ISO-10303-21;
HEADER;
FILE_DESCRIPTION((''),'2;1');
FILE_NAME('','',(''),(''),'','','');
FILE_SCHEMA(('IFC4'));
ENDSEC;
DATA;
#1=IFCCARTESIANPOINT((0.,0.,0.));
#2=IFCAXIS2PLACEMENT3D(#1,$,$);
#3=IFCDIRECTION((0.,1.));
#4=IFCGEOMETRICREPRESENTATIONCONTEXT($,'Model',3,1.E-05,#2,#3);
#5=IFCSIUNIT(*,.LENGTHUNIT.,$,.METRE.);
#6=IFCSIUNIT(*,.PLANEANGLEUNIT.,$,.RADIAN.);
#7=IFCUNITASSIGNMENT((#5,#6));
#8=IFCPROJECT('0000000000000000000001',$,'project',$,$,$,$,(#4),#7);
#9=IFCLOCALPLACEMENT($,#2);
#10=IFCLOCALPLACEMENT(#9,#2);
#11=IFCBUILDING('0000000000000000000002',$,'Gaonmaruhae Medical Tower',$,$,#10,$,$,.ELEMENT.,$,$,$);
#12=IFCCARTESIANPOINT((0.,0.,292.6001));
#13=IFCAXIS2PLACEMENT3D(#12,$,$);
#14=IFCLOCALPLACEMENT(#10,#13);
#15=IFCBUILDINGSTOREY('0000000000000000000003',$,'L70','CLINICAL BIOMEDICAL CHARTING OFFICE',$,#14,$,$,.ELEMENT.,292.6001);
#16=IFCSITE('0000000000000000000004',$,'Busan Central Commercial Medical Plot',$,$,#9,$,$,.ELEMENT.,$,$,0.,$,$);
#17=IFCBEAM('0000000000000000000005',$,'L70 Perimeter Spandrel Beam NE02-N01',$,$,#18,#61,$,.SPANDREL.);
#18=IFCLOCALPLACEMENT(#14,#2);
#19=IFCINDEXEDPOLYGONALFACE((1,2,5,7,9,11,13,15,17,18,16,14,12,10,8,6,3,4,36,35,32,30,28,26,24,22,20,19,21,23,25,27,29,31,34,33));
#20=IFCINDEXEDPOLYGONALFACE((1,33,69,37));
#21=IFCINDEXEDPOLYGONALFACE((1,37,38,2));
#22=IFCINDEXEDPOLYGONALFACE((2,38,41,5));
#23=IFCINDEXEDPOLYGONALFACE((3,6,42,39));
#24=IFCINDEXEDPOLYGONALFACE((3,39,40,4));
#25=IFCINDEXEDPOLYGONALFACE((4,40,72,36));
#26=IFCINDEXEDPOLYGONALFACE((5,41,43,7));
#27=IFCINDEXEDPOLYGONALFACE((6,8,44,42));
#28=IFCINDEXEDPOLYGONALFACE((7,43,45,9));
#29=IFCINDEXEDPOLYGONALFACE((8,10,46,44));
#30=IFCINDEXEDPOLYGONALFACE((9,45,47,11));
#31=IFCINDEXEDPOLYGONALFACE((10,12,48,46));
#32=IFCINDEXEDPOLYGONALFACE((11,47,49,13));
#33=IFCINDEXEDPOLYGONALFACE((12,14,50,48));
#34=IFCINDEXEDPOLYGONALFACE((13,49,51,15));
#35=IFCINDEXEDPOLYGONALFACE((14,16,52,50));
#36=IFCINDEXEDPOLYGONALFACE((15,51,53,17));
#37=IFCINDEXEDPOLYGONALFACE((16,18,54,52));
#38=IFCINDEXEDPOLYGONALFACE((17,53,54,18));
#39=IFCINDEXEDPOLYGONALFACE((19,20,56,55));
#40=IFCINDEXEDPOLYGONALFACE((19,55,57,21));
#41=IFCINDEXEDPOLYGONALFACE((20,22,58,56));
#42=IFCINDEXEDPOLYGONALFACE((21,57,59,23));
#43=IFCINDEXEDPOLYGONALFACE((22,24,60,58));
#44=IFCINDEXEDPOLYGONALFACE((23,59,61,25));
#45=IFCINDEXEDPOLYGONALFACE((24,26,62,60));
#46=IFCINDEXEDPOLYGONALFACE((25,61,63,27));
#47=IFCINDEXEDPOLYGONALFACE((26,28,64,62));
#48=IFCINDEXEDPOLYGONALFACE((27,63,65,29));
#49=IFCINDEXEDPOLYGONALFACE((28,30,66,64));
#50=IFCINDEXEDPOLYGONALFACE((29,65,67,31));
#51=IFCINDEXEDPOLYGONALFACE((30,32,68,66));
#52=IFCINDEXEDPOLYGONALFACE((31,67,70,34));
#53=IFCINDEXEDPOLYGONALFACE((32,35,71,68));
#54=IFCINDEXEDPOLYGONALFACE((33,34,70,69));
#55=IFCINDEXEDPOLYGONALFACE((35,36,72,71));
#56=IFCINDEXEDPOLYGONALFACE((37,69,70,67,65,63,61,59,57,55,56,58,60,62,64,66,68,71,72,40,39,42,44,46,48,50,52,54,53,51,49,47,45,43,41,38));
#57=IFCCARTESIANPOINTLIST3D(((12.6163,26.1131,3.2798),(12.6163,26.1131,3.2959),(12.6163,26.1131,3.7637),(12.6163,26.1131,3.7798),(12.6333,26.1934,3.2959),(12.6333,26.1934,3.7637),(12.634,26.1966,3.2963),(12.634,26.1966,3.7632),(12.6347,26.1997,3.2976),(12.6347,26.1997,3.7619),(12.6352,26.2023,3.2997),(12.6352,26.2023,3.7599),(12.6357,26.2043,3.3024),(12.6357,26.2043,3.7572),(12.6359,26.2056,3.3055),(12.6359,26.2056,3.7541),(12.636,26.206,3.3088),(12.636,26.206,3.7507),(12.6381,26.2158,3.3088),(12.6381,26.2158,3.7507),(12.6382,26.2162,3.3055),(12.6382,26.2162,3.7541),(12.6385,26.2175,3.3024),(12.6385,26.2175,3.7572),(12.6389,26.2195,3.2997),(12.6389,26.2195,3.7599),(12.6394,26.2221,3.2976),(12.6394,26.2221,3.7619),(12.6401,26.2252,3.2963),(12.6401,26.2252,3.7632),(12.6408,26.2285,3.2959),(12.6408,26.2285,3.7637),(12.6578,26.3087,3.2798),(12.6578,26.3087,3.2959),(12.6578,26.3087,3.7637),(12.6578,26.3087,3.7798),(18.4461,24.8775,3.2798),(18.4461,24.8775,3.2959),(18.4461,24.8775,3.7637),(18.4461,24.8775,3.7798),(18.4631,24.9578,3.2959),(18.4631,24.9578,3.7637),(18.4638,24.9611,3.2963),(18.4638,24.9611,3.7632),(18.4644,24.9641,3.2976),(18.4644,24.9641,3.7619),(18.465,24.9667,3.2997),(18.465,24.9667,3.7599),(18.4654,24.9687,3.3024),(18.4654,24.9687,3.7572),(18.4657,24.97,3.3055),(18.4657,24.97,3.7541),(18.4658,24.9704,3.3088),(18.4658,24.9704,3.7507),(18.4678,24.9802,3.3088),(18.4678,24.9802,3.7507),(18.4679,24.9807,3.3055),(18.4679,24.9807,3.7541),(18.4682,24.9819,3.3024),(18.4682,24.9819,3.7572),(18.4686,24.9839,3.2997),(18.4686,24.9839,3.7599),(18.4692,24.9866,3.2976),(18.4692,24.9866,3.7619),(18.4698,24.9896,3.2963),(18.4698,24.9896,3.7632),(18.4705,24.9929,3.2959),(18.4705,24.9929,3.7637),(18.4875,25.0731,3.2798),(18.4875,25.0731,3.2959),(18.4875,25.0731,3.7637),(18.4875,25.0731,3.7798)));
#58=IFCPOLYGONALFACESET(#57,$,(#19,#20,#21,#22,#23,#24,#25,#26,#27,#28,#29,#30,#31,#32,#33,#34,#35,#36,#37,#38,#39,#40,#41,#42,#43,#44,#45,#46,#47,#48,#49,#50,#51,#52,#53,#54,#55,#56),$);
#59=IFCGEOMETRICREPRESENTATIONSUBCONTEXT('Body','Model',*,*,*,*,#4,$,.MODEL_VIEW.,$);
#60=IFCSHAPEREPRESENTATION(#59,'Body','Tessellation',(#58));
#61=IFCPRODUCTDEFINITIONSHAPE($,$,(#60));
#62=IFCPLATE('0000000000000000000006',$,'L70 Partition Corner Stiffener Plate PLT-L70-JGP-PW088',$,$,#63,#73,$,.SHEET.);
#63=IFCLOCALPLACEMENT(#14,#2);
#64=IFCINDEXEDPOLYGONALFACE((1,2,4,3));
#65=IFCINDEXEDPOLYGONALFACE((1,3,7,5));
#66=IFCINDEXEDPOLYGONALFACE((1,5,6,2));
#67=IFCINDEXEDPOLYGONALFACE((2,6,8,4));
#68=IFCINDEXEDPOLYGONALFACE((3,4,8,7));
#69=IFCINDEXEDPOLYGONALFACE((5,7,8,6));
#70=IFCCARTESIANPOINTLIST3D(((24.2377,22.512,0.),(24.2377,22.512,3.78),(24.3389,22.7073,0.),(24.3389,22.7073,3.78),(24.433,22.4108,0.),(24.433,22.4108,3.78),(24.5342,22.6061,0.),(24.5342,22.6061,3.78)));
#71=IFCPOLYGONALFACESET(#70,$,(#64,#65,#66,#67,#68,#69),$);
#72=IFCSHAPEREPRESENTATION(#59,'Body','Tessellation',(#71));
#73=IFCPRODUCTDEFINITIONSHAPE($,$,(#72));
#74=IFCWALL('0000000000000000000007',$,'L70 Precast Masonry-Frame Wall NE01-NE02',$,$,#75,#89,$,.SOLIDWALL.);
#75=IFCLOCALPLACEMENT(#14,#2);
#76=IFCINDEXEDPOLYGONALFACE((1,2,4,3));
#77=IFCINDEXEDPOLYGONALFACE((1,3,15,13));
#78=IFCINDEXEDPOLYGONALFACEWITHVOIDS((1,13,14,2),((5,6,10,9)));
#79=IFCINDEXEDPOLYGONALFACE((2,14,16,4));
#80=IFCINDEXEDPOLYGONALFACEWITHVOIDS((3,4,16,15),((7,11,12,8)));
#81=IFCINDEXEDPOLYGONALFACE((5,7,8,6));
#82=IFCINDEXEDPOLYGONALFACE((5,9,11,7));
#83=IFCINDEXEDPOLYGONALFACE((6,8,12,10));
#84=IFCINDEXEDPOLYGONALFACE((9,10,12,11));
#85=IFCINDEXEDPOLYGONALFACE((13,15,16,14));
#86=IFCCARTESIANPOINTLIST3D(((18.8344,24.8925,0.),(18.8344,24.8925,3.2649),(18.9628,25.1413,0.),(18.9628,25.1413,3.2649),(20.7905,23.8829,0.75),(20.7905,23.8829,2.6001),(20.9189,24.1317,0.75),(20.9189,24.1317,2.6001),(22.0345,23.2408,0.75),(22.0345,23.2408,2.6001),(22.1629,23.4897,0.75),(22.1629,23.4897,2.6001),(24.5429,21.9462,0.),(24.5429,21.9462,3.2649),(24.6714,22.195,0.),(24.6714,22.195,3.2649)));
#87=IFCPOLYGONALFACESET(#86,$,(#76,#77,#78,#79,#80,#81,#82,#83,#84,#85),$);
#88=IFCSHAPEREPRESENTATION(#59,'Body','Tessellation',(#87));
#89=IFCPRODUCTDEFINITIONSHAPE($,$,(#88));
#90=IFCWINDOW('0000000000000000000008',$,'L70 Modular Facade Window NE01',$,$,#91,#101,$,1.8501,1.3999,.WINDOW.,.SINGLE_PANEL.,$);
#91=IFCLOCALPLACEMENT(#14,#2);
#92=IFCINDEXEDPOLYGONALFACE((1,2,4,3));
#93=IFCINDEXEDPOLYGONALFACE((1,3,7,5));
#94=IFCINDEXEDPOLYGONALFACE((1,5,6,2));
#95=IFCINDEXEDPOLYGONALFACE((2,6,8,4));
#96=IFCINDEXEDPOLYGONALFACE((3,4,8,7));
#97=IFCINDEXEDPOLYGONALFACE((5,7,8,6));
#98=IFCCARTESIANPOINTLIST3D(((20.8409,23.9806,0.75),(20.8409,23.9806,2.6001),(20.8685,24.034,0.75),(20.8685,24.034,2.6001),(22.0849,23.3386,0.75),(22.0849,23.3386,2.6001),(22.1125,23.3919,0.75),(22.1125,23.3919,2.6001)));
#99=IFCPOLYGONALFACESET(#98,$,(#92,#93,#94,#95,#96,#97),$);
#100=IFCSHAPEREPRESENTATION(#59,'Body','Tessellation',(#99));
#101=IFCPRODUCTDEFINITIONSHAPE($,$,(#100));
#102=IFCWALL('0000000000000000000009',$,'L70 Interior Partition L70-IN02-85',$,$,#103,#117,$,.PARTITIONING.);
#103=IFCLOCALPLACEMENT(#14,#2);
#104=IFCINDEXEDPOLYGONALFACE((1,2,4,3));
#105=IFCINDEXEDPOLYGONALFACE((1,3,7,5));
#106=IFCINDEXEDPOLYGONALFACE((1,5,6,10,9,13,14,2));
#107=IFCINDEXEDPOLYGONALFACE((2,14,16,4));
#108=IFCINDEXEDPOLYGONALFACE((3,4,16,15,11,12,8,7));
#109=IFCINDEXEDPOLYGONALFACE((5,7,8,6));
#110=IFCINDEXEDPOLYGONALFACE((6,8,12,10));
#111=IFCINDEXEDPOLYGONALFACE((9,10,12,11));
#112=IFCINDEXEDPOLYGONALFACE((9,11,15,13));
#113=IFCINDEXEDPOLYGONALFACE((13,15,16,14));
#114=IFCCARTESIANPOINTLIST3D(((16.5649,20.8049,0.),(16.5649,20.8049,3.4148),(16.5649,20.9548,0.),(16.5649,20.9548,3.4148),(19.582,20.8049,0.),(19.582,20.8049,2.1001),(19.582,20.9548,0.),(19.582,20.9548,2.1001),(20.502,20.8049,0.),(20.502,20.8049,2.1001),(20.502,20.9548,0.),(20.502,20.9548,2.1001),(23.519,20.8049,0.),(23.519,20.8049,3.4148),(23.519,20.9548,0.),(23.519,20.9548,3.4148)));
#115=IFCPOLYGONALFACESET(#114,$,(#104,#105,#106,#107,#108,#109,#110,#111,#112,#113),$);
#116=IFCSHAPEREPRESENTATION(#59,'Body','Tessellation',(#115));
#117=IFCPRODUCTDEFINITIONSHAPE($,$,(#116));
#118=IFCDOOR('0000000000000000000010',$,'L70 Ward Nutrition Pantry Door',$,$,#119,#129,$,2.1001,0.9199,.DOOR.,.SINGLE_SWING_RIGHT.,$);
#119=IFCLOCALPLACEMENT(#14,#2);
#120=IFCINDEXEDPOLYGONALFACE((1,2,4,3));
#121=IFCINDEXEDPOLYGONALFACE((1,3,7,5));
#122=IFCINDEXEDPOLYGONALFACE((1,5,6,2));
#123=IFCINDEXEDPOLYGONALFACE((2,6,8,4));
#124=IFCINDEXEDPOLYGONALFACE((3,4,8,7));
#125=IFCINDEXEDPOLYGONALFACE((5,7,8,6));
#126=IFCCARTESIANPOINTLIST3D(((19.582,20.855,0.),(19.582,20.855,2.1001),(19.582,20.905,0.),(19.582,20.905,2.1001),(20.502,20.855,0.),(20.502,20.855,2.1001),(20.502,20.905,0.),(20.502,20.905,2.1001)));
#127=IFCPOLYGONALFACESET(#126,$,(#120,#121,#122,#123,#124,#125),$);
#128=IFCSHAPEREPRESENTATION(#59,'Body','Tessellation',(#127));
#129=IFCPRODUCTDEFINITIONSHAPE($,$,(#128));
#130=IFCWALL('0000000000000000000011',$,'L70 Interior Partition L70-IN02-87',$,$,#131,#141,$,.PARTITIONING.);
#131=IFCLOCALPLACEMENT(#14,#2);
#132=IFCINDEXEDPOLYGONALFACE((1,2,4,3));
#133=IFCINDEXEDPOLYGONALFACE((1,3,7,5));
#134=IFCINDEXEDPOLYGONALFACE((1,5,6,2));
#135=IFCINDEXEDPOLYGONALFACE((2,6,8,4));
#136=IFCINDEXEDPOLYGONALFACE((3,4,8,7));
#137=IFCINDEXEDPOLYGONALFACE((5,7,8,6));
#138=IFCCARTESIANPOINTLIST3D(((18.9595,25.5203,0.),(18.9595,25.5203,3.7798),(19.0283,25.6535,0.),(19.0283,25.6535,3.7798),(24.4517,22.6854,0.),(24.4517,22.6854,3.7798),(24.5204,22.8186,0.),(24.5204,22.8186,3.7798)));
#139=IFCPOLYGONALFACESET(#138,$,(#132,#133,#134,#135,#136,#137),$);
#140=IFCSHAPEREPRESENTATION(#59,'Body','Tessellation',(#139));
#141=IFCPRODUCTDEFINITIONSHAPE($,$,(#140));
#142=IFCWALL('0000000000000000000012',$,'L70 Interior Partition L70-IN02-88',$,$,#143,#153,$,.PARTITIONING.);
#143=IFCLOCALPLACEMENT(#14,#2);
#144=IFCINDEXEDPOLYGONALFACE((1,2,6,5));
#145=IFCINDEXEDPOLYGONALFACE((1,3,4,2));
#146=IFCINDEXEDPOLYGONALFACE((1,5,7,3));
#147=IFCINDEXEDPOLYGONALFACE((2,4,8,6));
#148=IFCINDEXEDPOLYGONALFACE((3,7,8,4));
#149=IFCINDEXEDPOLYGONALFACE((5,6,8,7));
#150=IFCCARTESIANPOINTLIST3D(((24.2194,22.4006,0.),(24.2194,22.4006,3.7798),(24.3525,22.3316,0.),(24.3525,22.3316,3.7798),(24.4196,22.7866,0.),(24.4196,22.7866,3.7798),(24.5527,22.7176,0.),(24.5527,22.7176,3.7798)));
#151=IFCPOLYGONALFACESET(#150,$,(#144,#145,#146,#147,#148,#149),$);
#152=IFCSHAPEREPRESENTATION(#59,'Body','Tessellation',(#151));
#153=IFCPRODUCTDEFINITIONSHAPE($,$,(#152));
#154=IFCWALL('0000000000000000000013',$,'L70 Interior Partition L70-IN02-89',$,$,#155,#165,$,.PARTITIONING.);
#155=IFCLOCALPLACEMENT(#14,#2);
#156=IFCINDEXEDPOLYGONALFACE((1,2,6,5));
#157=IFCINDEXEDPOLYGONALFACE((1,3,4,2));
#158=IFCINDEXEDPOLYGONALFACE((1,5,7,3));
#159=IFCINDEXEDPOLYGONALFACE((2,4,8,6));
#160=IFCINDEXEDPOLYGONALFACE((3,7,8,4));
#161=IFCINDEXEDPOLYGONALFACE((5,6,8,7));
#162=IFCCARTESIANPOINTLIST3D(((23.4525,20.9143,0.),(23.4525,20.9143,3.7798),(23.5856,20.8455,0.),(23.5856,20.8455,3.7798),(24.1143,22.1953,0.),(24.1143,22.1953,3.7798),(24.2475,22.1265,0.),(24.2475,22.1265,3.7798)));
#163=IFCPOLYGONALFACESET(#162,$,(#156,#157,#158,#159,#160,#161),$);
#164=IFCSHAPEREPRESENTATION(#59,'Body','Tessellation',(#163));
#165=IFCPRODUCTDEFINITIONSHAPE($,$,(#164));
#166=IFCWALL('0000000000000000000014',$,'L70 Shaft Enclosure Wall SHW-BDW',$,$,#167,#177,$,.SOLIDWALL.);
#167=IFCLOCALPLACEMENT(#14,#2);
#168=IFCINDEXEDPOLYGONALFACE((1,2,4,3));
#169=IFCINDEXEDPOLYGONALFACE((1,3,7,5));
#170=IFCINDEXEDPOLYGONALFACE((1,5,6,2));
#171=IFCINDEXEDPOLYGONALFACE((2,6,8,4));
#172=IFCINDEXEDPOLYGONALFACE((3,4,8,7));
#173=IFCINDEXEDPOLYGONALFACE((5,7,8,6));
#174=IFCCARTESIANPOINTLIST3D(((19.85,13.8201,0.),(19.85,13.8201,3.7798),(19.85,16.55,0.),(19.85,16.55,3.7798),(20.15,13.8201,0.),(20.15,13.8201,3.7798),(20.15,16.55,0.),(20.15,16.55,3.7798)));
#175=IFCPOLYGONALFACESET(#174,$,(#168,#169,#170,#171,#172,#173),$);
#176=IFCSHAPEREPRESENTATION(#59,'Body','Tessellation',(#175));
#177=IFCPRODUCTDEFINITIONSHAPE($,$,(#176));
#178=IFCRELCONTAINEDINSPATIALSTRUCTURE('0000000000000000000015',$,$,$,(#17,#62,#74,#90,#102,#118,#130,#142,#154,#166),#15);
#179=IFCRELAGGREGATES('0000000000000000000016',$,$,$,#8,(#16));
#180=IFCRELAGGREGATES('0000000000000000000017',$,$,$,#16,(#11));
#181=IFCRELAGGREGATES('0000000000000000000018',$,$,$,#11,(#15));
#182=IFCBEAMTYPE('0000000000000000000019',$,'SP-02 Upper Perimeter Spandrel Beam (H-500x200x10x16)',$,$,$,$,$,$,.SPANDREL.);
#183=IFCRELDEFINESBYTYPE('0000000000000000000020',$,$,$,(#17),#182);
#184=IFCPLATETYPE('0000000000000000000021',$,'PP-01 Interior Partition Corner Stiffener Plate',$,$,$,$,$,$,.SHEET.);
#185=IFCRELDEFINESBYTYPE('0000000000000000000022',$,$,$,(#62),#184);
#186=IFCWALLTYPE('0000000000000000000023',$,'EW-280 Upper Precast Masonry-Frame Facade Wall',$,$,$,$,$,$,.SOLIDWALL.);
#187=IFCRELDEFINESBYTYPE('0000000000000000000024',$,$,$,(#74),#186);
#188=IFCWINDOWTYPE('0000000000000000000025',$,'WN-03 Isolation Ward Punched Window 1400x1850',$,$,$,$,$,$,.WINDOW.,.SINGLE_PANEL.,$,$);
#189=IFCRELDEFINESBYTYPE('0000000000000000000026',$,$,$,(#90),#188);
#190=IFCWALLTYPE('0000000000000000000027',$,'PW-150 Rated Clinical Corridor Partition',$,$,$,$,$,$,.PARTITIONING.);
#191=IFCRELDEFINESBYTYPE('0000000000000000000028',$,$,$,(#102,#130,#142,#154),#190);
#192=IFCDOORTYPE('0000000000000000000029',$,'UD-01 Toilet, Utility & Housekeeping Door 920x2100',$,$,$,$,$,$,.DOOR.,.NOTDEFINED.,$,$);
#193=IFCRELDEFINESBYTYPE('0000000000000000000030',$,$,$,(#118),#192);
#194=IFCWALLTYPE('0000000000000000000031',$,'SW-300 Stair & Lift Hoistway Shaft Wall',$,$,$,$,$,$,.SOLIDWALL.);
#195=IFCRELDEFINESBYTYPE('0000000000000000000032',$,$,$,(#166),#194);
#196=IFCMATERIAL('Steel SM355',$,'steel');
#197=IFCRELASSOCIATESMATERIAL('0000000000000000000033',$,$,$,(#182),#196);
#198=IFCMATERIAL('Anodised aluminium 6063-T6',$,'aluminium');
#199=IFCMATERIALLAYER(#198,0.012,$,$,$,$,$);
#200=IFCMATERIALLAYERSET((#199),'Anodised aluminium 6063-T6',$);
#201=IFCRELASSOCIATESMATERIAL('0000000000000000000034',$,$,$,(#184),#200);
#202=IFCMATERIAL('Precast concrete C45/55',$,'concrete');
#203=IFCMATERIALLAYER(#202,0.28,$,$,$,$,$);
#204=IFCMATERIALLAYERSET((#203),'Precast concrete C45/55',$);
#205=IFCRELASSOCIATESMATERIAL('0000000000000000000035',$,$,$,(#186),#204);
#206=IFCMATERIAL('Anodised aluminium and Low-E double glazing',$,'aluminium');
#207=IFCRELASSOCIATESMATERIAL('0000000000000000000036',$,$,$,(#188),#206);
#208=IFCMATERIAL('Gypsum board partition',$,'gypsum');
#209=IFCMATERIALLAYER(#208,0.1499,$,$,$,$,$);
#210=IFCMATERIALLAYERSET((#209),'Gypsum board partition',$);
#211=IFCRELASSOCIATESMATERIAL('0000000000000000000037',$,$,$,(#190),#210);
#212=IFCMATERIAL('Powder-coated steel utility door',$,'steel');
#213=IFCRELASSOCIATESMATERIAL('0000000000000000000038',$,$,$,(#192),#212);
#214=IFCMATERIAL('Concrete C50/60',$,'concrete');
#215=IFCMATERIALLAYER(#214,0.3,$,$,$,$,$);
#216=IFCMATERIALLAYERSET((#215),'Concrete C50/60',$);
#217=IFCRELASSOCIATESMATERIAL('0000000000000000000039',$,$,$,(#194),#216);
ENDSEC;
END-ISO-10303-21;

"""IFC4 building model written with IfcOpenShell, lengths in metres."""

from ifc_helpers import new_model, si_unit, direction, frame, frame_2d, origin, origin_2d, place, context, subcontext, project, spatial, rectangle, i_section, extrude, material, layer, layer_set, material_profile, profile_set, type_object, element, fill, save


model = new_model("IFC4")

# Units and contexts
model_context = context("Model", 3, precision=1e-05, world=origin(), true_north=direction((0.0, 1.0)))
body_context = subcontext(model_context, "Body", "Model", "MODEL_VIEW")
ifc_project = project(units=[si_unit("LENGTHUNIT", "METRE"), si_unit("PLANEANGLEUNIT", "RADIAN")], contexts=[model_context])

# Site, building, storey
site_placement = place(None, origin())
site = spatial("IfcSite", under=ifc_project, at=site_placement, Name="Busan Central Commercial Medical Plot", CompositionType="ELEMENT", RefElevation=0.0)
building_placement = place(site_placement, origin())
building = spatial("IfcBuilding", under=site, at=building_placement, Name="Gaonmaruhae Medical Tower", CompositionType="ELEMENT")
storey_placement = place(building_placement, frame((0.0, 0.0, 292.6001)))
storey = spatial("IfcBuildingStorey", under=building, at=storey_placement, Name="L70", Description="CLINICAL BIOMEDICAL CHARTING OFFICE", CompositionType="ELEMENT", Elevation=292.6001)

# Shared definitions
ifc_material_1 = material(Name="Concrete C50/60", Category="concrete")

# Beam
ifc_material_2 = material(Name="Steel SM355", Category="steel")
ifc_material_profile_1 = material_profile(ifc_material_2, i_section(OverallWidth=0.2, OverallDepth=0.5, WebThickness=0.01, FlangeThickness=0.0161, FilletRadius=0.0129, at=origin_2d()), Name="H-500x200x10x16")
ifc_profile_set_1 = profile_set([ifc_material_profile_1], Name="Steel SM355")
beam_type_1 = type_object("IfcBeamType", Name="SP-02 Upper Perimeter Spandrel Beam (H-500x200x10x16)", PredefinedType="SPANDREL", material=ifc_profile_set_1)
beam_1_placement = place(storey_placement, frame((18.4668, 24.9753, 3.5298), z_axis=(-0.978269, 0.207338, 0.0), x_axis=(-0.207338, -0.978269, 0.0)))
element("IfcBeam", 1, at=beam_1_placement, inside=storey, type_object=beam_type_1, Name="L70 Perimeter Spandrel Beam NE02-N01", PredefinedType="SPANDREL", context=body_context, shape_type="SweptSolid", body=[
    extrude(i_section(OverallWidth=0.2, OverallDepth=0.5, WebThickness=0.01, FlangeThickness=0.0161, FilletRadius=0.0129, at=origin_2d()), origin(), (0.0, 0.0, 1.0), 5.9592),
])

# Plate
ifc_material_3 = material(Name="Anodised aluminium 6063-T6", Category="aluminium")
ifc_layer_1 = layer(ifc_material_3, 0.012)
ifc_layer_set_1 = layer_set([ifc_layer_1], Name="Anodised aluminium 6063-T6")
plate_type = type_object("IfcPlateType", Name="PP-01 Interior Partition Corner Stiffener Plate", PredefinedType="SHEET", material=ifc_layer_set_1)
plate_placement = place(storey_placement, frame((24.386, 22.5591, 0.0), z_axis=(0.0, 0.0, 1.0), x_axis=(-0.460045, -0.887896, 0.0)))
element("IfcPlate", 2, at=plate_placement, inside=storey, type_object=plate_type, Name="L70 Partition Corner Stiffener Plate PLT-L70-JGP-PW088", PredefinedType="SHEET", context=body_context, shape_type="SweptSolid", body=[
    extrude(rectangle(XDim=0.22, YDim=0.22, at=origin_2d()), origin(), (0.0, 0.0, 1.0), 3.78),
])

# Wall, opening, window
ifc_material_4 = material(Name="Precast concrete C45/55", Category="concrete")
ifc_layer_2 = layer(ifc_material_4, 0.28)
ifc_layer_set_2 = layer_set([ifc_layer_2], Name="Precast concrete C45/55")
wall_type_1 = type_object("IfcWallType", Name="EW-280 Upper Precast Masonry-Frame Facade Wall", PredefinedType="SOLIDWALL", material=ifc_layer_set_2)
wall_1_placement = place(storey_placement, frame((18.8987, 25.0168, 0.0), z_axis=(0.0, 0.0, 1.0), x_axis=(0.888623, -0.458639, 0.0)))
wall_1 = element("IfcWall", 3, at=wall_1_placement, inside=storey, type_object=wall_type_1, Name="L70 Precast Masonry-Frame Wall NE01-NE02", PredefinedType="SOLIDWALL", context=body_context, shape_type="SweptSolid", body=[
    extrude(rectangle(XDim=6.4241, YDim=0.28, at=frame_2d((3.2119, 0.0))), origin(), (0.0, 0.0, 1.0), 3.2649),
])
opening_1_placement = place(wall_1_placement, frame((2.2012, 0.0, 0.75)))
opening_1 = element("IfcOpeningElement", 4, at=opening_1_placement, cuts=wall_1, PredefinedType="OPENING", context=body_context, shape_type="SweptSolid", body=[
    extrude(rectangle(XDim=1.3999, YDim=1.8501, at=frame_2d((0.7, 0.925))), frame((0.0, 0.1499, 0.0), z_axis=(0.0, -1.0, 0.0), x_axis=(1.0, 0.0, 0.0)), (0.0, 0.0, 1.0), 0.3),
])
ifc_material_5 = material(Name="Anodised aluminium and Low-E double glazing", Category="aluminium")
window_type = type_object("IfcWindowType", Name="WN-03 Isolation Ward Punched Window 1400x1850", PartitioningType="SINGLE_PANEL", PredefinedType="WINDOW", material=ifc_material_5)
window_placement = place(opening_1_placement, origin())
window = element("IfcWindow", 5, at=window_placement, inside=storey, type_object=window_type, Name="L70 Modular Facade Window NE01", OverallHeight=1.8501, OverallWidth=1.3999, PartitioningType="SINGLE_PANEL", PredefinedType="WINDOW", context=body_context, shape_type="SweptSolid", body=[
    extrude(rectangle(XDim=1.3999, YDim=1.8501, at=frame_2d((0.7, 0.925))), frame((0.0, 0.03, 0.0), z_axis=(0.0, -1.0, 0.0), x_axis=(1.0, 0.0, 0.0)), (0.0, 0.0, 1.0), 0.0601),
])
fill(opening_1, window)

# Wall, opening, door
ifc_material_6 = material(Name="Gypsum board partition", Category="gypsum")
ifc_layer_3 = layer(ifc_material_6, 0.1499)
ifc_layer_set_3 = layer_set([ifc_layer_3], Name="Gypsum board partition")
wall_type_2 = type_object("IfcWallType", Name="PW-150 Rated Clinical Corridor Partition", PredefinedType="PARTITIONING", material=ifc_layer_set_3)
wall_2_placement = place(storey_placement, frame((23.519, 20.8799, 0.0), z_axis=(0.0, 0.0, 1.0), x_axis=(-1.0, 0.0, 0.0)))
wall_2 = element("IfcWall", 6, at=wall_2_placement, inside=storey, type_object=wall_type_2, Name="L70 Interior Partition L70-IN02-85", PredefinedType="PARTITIONING", context=body_context, shape_type="SweptSolid", body=[
    extrude(rectangle(XDim=6.9541, YDim=0.1499, at=frame_2d((3.4771, 0.0))), origin(), (0.0, 0.0, 1.0), 3.4148),
])
opening_2_placement = place(wall_2_placement, frame((3.0171, 0.0, 0.0)))
opening_2 = element("IfcOpeningElement", 7, at=opening_2_placement, cuts=wall_2, PredefinedType="OPENING", context=body_context, shape_type="SweptSolid", body=[
    extrude(rectangle(XDim=0.9199, YDim=2.1001, at=frame_2d((0.46, 1.05))), frame((0.0, 0.085, 0.0), z_axis=(0.0, -1.0, 0.0), x_axis=(1.0, 0.0, 0.0)), (0.0, 0.0, 1.0), 0.1699),
])
ifc_material_7 = material(Name="Powder-coated steel utility door", Category="steel")
door_type_1 = type_object("IfcDoorType", Name="UD-01 Toilet, Utility & Housekeeping Door 920x2100", OperationType="NOTDEFINED", PredefinedType="DOOR", material=ifc_material_7)
door_1_placement = place(opening_2_placement, origin())
door_1 = element("IfcDoor", 8, at=door_1_placement, inside=storey, type_object=door_type_1, Name="L70 Ward Nutrition Pantry Door", OperationType="SINGLE_SWING_RIGHT", OverallHeight=2.1001, OverallWidth=0.9199, PredefinedType="DOOR", context=body_context, shape_type="SweptSolid", body=[
    extrude(rectangle(XDim=0.9199, YDim=2.1001, at=frame_2d((0.46, 1.05))), frame((0.0, 0.0249, 0.0), z_axis=(0.0, -1.0, 0.0), x_axis=(1.0, 0.0, 0.0)), (0.0, 0.0, 1.0), 0.05),
])
fill(opening_2, door_1)

# Walls
wall_3_placement = place(storey_placement, frame((18.9939, 25.5869, 0.0), z_axis=(0.0, 0.0, 1.0), x_axis=(0.888602, -0.458679, 0.0)))
element("IfcWall", 9, at=wall_3_placement, inside=storey, type_object=wall_type_2, Name="L70 Interior Partition L70-IN02-87", PredefinedType="PARTITIONING", context=body_context, shape_type="SweptSolid", body=[
    extrude(rectangle(XDim=6.1807, YDim=0.1499, at=frame_2d((3.0903, 0.0))), origin(), (0.0, 0.0, 1.0), 3.7798),
])
wall_4_placement = place(storey_placement, frame((24.4861, 22.752, 0.0), z_axis=(0.0, 0.0, 1.0), x_axis=(-0.460415, -0.887704, 0.0)))
element("IfcWall", 10, at=wall_4_placement, inside=storey, type_object=wall_type_2, Name="L70 Interior Partition L70-IN02-88", PredefinedType="PARTITIONING", context=body_context, shape_type="SweptSolid", body=[
    extrude(rectangle(XDim=0.4348, YDim=0.1499, at=frame_2d((0.2173, 0.0))), origin(), (0.0, 0.0, 1.0), 3.7798),
])
wall_5_placement = place(storey_placement, frame((24.1809, 22.1609, 0.0), z_axis=(0.0, 0.0, 1.0), x_axis=(-0.459027, -0.888422, 0.0)))
element("IfcWall", 11, at=wall_5_placement, inside=storey, type_object=wall_type_2, Name="L70 Interior Partition L70-IN02-89", PredefinedType="PARTITIONING", context=body_context, shape_type="SweptSolid", body=[
    extrude(rectangle(XDim=1.4419, YDim=0.1499, at=frame_2d((0.7209, 0.0))), origin(), (0.0, 0.0, 1.0), 3.7798),
])

# Shared definitions
ifc_layer_4 = layer(ifc_material_1, 0.3)
ifc_layer_set_4 = layer_set([ifc_layer_4], Name="Concrete C50/60")
wall_type_3 = type_object("IfcWallType", Name="SW-300 Stair & Lift Hoistway Shaft Wall", PredefinedType="SOLIDWALL", material=ifc_layer_set_4)

# Wall
wall_6_placement = place(storey_placement, frame((20.0, 13.8201, 0.0), z_axis=(0.0, 0.0, 1.0), x_axis=(0.0, 1.0, 0.0)))
element("IfcWall", 12, at=wall_6_placement, inside=storey, type_object=wall_type_3, Name="L70 Shaft Enclosure Wall SHW-BDW", PredefinedType="SOLIDWALL", context=body_context, shape_type="SweptSolid", body=[
    extrude(rectangle(XDim=2.73, YDim=0.3, at=frame_2d((1.365, 0.0))), origin(), (0.0, 0.0, 1.0), 3.7798),
])

save(model, "model.ifc")
